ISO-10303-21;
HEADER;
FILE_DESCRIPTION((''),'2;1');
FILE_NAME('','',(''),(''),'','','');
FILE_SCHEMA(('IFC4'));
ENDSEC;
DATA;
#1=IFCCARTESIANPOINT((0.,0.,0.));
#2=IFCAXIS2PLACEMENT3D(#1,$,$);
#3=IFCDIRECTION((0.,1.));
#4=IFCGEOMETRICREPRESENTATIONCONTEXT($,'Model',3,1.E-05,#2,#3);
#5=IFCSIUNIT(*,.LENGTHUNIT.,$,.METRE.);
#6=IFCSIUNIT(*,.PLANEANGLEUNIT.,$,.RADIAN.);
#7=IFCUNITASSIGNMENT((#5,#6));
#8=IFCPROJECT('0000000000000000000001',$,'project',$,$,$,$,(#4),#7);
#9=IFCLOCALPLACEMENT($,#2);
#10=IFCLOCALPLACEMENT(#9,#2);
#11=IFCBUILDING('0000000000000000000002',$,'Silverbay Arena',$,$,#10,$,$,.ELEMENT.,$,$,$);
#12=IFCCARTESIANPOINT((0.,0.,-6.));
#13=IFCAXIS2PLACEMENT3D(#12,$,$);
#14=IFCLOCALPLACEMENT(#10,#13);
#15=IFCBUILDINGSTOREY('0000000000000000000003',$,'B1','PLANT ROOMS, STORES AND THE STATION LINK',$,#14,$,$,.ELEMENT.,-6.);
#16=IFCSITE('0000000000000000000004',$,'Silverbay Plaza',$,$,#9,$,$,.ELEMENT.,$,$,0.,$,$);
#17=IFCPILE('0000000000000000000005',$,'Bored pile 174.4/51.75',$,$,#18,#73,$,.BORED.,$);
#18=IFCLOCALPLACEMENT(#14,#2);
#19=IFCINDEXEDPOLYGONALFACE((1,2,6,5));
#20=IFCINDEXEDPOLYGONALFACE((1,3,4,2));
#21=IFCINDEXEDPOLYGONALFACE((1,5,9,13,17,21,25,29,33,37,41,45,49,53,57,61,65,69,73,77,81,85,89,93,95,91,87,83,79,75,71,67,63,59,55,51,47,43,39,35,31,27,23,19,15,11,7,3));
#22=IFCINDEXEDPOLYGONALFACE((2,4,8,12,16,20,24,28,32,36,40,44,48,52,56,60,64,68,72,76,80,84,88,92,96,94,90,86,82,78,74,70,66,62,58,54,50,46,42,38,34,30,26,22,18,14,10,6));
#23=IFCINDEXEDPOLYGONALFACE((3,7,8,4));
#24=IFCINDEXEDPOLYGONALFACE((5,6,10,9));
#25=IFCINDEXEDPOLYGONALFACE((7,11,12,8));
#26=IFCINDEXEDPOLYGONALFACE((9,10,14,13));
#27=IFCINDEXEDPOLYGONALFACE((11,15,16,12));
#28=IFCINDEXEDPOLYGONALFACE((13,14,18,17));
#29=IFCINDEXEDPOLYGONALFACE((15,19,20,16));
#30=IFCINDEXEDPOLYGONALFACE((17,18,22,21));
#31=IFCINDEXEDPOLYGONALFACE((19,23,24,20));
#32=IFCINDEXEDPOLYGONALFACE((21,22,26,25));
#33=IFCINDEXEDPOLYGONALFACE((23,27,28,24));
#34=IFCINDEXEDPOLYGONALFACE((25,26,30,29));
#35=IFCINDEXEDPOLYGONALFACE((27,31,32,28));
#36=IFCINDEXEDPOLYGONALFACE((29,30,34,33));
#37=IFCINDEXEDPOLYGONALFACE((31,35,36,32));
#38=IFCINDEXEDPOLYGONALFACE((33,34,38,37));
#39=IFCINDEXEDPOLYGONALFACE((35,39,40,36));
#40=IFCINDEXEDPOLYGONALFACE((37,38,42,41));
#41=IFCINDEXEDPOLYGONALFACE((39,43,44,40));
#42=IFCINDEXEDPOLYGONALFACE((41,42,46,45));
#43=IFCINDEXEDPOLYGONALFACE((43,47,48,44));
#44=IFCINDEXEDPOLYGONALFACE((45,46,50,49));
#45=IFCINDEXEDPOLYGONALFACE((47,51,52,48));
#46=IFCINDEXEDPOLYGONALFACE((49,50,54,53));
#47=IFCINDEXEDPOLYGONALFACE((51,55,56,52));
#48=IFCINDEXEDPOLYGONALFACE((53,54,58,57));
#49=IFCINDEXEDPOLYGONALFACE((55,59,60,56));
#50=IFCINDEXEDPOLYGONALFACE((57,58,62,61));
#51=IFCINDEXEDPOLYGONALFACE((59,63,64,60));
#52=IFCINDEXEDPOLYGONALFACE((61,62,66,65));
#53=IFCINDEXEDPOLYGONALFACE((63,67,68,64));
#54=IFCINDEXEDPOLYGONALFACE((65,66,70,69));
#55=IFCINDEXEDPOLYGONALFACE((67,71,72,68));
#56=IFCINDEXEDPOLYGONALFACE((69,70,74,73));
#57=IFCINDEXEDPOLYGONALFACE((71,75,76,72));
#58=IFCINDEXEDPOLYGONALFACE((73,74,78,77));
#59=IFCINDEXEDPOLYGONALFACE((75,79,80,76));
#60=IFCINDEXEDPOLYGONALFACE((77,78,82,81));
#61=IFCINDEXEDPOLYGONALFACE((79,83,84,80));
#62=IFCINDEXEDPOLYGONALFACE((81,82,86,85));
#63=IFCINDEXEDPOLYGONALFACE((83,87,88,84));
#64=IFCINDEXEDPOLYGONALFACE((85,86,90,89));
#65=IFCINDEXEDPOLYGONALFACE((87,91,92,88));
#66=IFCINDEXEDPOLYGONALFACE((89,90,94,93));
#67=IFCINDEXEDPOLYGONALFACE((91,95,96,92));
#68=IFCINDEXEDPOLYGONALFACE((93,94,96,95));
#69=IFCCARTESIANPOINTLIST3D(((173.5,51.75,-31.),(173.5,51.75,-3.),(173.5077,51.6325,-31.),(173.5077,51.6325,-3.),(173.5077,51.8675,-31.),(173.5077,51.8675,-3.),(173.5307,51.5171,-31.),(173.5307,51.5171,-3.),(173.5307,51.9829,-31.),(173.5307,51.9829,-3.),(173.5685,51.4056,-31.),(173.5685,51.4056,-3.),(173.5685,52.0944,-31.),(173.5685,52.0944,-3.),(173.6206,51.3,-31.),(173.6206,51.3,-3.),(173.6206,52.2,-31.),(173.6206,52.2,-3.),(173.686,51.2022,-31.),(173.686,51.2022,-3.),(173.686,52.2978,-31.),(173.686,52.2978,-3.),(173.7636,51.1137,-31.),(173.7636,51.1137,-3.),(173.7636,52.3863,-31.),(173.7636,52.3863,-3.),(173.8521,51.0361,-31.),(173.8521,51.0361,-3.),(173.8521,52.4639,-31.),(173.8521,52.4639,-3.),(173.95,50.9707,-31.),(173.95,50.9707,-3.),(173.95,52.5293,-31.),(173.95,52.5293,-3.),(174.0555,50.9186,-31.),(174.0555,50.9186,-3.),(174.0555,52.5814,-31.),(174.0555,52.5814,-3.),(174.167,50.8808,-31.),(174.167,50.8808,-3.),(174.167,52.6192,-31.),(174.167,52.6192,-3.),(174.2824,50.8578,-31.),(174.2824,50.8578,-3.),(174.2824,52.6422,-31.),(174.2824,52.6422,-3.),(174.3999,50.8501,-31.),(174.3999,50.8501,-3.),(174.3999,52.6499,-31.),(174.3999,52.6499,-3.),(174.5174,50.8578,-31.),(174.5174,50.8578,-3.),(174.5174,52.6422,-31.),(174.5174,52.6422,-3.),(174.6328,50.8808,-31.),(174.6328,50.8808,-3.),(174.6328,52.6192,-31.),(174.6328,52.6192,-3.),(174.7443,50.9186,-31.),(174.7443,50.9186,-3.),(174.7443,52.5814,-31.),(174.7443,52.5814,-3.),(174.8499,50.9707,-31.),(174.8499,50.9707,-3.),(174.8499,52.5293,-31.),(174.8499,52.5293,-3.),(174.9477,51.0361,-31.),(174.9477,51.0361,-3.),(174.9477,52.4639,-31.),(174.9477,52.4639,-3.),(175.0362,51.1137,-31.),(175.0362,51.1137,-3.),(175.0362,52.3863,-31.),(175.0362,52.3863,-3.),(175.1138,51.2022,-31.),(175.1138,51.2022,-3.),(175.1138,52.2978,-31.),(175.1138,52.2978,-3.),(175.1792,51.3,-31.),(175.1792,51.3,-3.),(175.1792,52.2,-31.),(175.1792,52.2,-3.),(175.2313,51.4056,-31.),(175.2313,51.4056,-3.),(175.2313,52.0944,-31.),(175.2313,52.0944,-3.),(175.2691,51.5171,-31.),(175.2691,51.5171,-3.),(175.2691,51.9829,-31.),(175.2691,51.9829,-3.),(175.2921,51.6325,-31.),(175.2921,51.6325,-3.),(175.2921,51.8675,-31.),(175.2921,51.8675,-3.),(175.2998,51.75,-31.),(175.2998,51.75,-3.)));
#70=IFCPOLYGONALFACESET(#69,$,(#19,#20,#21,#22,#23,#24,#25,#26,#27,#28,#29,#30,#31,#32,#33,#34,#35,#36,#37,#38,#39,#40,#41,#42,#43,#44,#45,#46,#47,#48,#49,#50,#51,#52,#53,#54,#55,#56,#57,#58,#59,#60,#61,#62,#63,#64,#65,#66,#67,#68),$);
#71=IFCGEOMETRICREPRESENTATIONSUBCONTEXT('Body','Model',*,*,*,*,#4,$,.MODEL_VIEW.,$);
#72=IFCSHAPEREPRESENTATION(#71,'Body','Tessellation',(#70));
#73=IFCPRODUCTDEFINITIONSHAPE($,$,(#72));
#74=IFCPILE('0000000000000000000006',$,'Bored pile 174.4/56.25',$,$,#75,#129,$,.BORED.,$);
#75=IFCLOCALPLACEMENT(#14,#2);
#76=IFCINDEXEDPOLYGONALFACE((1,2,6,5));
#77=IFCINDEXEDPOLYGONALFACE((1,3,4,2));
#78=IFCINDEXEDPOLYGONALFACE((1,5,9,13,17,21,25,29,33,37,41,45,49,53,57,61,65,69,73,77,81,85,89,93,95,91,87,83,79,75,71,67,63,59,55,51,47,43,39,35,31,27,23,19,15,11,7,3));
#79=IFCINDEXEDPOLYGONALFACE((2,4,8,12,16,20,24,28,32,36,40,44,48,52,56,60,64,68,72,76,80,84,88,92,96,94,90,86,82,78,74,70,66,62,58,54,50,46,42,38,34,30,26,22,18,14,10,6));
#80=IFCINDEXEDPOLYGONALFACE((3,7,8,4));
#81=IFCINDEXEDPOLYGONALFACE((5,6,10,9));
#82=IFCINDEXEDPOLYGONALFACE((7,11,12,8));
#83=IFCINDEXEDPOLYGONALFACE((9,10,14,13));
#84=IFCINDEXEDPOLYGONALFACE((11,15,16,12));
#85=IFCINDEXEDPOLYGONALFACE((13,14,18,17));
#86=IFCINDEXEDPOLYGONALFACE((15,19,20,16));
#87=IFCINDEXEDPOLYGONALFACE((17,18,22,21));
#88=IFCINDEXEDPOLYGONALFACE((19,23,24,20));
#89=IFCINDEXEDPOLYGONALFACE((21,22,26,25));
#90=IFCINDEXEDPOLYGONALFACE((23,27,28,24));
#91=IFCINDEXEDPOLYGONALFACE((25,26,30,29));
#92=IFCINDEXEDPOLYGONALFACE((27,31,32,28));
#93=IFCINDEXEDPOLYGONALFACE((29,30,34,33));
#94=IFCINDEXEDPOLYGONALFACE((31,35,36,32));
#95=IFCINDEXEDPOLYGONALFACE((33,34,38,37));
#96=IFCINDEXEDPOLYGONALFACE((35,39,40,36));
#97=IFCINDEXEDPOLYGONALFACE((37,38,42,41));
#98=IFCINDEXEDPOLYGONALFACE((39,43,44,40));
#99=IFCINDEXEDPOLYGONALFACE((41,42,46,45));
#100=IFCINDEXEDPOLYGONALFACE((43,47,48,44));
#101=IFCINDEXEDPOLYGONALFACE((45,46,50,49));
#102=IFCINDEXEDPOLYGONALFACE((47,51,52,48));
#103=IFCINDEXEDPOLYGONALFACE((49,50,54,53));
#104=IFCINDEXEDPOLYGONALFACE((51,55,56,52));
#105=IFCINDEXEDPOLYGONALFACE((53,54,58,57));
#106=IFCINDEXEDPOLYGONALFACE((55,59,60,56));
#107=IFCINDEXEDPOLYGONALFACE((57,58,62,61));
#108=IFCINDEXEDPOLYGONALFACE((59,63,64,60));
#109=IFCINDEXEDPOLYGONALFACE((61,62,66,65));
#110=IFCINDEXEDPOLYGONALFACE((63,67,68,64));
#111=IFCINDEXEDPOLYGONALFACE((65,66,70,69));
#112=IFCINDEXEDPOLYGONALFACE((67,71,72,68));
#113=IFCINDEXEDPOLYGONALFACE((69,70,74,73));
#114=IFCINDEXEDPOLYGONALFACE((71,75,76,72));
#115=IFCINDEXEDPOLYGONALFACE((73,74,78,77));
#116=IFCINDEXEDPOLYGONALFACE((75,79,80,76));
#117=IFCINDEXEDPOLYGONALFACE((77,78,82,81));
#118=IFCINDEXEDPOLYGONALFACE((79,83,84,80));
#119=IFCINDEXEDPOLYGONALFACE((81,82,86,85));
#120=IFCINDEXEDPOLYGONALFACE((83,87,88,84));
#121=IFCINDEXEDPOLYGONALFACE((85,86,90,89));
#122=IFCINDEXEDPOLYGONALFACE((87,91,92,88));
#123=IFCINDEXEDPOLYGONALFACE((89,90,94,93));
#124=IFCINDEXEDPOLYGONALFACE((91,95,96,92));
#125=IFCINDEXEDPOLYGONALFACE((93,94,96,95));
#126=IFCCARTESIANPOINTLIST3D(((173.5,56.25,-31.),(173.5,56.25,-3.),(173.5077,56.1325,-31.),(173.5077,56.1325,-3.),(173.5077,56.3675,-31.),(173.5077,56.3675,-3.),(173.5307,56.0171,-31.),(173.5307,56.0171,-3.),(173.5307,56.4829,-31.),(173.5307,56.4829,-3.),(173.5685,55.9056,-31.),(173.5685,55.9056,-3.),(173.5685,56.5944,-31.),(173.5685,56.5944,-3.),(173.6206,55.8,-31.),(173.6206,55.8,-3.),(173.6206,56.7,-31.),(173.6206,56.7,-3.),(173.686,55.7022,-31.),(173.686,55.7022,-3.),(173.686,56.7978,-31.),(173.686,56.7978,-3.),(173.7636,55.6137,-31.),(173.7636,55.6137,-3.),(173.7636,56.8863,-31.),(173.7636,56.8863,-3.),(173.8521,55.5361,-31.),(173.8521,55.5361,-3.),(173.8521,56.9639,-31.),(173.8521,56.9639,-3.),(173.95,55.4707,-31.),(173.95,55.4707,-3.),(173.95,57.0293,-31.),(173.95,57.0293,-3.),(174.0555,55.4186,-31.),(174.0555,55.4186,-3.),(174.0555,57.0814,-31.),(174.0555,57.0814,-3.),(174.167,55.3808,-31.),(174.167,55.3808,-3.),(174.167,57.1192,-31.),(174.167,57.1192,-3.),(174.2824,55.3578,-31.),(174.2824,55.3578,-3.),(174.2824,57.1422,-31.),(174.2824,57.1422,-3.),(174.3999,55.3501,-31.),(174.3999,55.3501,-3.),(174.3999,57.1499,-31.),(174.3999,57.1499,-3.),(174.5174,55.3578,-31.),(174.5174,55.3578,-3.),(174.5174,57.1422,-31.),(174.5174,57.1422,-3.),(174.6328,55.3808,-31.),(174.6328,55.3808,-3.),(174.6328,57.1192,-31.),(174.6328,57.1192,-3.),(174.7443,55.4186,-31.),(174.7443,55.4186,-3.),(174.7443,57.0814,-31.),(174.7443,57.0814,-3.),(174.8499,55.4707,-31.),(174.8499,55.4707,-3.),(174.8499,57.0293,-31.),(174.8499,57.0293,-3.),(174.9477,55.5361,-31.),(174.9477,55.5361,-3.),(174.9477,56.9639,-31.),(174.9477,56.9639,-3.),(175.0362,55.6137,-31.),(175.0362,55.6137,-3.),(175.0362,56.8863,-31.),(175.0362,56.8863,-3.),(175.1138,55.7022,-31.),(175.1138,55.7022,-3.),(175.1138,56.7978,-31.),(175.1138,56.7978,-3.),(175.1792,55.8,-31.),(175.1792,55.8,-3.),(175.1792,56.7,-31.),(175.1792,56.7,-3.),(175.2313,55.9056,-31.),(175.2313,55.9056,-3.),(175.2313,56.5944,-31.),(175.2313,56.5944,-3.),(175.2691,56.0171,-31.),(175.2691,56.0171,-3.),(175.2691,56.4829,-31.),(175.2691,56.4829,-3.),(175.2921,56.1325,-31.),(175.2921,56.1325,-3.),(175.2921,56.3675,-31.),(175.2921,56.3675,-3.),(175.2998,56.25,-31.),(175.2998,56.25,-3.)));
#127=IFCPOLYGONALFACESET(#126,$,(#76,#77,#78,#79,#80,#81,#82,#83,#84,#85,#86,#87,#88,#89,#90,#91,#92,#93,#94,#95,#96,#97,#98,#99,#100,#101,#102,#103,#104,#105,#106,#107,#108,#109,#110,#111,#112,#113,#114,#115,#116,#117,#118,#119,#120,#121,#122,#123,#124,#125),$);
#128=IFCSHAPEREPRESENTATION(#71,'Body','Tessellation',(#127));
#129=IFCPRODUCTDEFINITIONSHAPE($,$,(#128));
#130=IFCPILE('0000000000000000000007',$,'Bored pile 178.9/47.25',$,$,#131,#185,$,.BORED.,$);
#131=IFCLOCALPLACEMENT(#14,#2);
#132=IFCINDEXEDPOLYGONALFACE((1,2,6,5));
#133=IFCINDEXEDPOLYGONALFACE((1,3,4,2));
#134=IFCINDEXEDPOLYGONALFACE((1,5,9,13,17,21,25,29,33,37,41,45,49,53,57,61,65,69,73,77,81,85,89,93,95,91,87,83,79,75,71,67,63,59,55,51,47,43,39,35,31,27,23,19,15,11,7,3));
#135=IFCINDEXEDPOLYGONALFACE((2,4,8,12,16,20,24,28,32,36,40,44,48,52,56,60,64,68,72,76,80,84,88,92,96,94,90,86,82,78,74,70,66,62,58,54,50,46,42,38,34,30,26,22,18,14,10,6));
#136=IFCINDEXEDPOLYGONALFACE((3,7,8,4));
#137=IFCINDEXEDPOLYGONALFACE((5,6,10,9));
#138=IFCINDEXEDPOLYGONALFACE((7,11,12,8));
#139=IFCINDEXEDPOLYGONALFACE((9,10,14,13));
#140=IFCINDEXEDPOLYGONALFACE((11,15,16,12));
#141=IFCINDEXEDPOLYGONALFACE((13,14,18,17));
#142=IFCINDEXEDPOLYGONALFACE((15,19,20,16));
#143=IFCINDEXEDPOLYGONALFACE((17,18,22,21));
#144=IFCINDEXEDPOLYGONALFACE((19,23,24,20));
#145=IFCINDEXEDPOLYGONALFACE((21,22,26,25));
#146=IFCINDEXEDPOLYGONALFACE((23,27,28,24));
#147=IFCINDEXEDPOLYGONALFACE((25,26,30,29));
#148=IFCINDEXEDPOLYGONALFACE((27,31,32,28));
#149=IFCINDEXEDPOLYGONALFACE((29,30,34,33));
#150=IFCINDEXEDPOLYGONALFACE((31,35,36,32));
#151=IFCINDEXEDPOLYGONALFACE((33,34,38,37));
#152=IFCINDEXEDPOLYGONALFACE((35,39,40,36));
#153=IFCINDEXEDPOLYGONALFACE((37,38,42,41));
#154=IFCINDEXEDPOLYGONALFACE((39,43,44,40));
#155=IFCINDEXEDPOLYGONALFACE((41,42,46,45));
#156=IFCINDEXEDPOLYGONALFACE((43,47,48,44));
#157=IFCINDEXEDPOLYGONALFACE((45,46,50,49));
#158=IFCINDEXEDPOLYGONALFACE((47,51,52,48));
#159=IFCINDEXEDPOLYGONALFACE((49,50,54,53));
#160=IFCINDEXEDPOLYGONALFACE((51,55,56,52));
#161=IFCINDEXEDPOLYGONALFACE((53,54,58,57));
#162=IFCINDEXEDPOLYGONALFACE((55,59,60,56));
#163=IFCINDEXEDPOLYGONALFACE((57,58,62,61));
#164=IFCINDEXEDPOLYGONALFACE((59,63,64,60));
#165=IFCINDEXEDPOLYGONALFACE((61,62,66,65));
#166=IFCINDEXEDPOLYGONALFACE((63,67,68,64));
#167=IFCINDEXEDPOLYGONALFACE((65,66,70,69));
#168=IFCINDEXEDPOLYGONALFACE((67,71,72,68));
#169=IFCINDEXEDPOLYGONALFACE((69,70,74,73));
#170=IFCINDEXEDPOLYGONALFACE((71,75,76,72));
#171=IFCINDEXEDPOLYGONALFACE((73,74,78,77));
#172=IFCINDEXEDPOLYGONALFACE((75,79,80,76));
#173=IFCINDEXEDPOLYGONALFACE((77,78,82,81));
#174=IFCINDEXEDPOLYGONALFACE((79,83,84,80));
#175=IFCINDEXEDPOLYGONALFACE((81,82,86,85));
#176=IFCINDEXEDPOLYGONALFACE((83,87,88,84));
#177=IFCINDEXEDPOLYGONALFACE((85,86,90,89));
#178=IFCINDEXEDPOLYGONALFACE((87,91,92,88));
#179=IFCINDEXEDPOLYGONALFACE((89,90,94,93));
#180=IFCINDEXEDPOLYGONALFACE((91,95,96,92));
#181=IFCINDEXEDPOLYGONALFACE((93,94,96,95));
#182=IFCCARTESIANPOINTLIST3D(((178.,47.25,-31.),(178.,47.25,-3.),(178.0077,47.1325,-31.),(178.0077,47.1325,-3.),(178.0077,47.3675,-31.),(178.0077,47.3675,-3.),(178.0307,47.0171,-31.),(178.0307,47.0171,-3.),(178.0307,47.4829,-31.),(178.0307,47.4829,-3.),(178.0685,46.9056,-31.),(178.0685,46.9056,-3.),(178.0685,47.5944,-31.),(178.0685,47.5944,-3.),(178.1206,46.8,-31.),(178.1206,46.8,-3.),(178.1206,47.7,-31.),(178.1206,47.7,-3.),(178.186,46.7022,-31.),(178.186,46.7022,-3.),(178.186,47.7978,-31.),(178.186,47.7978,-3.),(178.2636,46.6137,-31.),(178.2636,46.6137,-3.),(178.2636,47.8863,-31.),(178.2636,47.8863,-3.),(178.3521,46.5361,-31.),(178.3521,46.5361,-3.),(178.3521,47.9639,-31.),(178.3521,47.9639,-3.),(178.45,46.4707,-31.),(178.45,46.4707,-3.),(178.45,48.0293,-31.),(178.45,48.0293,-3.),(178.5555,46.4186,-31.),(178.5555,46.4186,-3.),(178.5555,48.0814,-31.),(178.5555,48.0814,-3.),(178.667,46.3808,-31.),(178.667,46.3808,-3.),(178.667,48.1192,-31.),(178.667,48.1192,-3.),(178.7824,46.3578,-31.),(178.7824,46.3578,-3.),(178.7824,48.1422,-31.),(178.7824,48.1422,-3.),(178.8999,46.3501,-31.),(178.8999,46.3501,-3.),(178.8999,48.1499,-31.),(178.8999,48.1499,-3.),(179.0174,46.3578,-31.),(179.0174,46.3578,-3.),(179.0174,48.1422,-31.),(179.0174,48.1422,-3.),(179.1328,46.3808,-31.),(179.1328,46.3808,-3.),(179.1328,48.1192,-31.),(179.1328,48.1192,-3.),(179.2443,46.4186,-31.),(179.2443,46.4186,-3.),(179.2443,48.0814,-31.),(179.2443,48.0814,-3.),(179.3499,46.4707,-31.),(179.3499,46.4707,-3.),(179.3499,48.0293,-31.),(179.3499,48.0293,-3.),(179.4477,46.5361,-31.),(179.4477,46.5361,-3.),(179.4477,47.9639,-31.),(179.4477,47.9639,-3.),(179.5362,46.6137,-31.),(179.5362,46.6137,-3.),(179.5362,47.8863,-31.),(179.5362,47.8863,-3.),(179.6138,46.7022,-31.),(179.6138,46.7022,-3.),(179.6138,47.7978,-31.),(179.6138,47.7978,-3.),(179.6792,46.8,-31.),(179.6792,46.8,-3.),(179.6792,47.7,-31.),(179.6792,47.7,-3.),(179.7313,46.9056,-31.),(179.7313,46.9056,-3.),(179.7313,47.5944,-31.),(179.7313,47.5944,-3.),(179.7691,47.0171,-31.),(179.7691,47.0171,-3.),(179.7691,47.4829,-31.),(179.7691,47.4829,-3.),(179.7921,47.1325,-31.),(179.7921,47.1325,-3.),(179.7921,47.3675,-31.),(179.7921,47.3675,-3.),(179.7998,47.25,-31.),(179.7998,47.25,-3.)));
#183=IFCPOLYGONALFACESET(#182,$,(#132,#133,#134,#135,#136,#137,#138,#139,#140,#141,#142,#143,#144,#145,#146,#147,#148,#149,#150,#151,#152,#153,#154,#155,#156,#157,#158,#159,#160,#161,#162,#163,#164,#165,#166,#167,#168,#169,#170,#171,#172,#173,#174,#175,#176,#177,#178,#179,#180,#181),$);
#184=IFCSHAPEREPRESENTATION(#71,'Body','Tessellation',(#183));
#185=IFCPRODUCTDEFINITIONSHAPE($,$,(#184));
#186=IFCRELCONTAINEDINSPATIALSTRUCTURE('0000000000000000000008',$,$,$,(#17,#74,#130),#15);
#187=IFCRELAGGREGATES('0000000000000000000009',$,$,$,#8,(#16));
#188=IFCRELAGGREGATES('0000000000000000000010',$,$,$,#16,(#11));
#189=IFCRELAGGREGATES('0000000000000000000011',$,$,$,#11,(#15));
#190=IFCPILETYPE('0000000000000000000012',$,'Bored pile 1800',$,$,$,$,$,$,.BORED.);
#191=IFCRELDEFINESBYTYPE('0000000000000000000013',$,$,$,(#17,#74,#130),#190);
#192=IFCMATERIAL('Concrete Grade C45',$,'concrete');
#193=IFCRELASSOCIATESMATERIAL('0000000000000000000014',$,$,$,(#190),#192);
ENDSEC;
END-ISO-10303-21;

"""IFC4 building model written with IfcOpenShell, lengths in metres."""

from ifc_helpers import new_model, si_unit, direction, frame, origin, origin_2d, place, context, subcontext, project, spatial, circle, extrude, material, material_profile, profile_set, type_object, element, save


model = new_model("IFC4")

# Units and contexts
model_context = context("Model", 3, precision=1e-05, world=origin(), true_north=direction((0.0, 1.0)))
body_context = subcontext(model_context, "Body", "Model", "MODEL_VIEW")
ifc_project = project(units=[si_unit("LENGTHUNIT", "METRE"), si_unit("PLANEANGLEUNIT", "RADIAN")], contexts=[model_context])

# Site, building, storey
site_placement = place(None, origin())
site = spatial("IfcSite", under=ifc_project, at=site_placement, Name="Silverbay Plaza", CompositionType="ELEMENT", RefElevation=0.0)
building_placement = place(site_placement, origin())
building = spatial("IfcBuilding", under=site, at=building_placement, Name="Silverbay Arena", CompositionType="ELEMENT")
storey_placement = place(building_placement, frame((0.0, 0.0, -6.0)))
storey = spatial("IfcBuildingStorey", under=building, at=storey_placement, Name="B1", Description="PLANT ROOMS, STORES AND THE STATION LINK", CompositionType="ELEMENT", Elevation=-6.0)

# Piles
ifc_material_1 = material(Name="Concrete Grade C45", Category="concrete")
ifc_material_profile_1 = material_profile(ifc_material_1, circle(Radius=0.8999, at=origin_2d()), Name="Bored pile 1800")
ifc_profile_set_1 = profile_set([ifc_material_profile_1], Name="Concrete Grade C45")
pile_type_1 = type_object("IfcPileType", Name="Bored pile 1800", PredefinedType="BORED", material=ifc_profile_set_1)
for number, where, z_axis, x_axis, name in (
    (1, (174.3999, 51.75, -3.0), (0.0, 0.0, -1.0), (1.0, 0.0, 0.0), "Bored pile 174.4/51.75"),
    (2, (174.3999, 56.25, -3.0), (0.0, 0.0, -1.0), (1.0, 0.0, 0.0), "Bored pile 174.4/56.25"),
    (3, (178.8999, 47.25, -3.0), (0.0, 0.0, -1.0), (1.0, 0.0, 0.0), "Bored pile 178.9/47.25"),
):
    element("IfcPile", number, at=place(storey_placement, frame(where, z_axis=z_axis, x_axis=x_axis)), inside=storey, type_object=pile_type_1, Name=name, PredefinedType="BORED", context=body_context, shape_type="SweptSolid", body=[
        extrude(circle(Radius=0.8999, at=origin_2d()), origin(), (0.0, 0.0, 1.0), 28.0),
    ])

save(model, "model.ifc")
